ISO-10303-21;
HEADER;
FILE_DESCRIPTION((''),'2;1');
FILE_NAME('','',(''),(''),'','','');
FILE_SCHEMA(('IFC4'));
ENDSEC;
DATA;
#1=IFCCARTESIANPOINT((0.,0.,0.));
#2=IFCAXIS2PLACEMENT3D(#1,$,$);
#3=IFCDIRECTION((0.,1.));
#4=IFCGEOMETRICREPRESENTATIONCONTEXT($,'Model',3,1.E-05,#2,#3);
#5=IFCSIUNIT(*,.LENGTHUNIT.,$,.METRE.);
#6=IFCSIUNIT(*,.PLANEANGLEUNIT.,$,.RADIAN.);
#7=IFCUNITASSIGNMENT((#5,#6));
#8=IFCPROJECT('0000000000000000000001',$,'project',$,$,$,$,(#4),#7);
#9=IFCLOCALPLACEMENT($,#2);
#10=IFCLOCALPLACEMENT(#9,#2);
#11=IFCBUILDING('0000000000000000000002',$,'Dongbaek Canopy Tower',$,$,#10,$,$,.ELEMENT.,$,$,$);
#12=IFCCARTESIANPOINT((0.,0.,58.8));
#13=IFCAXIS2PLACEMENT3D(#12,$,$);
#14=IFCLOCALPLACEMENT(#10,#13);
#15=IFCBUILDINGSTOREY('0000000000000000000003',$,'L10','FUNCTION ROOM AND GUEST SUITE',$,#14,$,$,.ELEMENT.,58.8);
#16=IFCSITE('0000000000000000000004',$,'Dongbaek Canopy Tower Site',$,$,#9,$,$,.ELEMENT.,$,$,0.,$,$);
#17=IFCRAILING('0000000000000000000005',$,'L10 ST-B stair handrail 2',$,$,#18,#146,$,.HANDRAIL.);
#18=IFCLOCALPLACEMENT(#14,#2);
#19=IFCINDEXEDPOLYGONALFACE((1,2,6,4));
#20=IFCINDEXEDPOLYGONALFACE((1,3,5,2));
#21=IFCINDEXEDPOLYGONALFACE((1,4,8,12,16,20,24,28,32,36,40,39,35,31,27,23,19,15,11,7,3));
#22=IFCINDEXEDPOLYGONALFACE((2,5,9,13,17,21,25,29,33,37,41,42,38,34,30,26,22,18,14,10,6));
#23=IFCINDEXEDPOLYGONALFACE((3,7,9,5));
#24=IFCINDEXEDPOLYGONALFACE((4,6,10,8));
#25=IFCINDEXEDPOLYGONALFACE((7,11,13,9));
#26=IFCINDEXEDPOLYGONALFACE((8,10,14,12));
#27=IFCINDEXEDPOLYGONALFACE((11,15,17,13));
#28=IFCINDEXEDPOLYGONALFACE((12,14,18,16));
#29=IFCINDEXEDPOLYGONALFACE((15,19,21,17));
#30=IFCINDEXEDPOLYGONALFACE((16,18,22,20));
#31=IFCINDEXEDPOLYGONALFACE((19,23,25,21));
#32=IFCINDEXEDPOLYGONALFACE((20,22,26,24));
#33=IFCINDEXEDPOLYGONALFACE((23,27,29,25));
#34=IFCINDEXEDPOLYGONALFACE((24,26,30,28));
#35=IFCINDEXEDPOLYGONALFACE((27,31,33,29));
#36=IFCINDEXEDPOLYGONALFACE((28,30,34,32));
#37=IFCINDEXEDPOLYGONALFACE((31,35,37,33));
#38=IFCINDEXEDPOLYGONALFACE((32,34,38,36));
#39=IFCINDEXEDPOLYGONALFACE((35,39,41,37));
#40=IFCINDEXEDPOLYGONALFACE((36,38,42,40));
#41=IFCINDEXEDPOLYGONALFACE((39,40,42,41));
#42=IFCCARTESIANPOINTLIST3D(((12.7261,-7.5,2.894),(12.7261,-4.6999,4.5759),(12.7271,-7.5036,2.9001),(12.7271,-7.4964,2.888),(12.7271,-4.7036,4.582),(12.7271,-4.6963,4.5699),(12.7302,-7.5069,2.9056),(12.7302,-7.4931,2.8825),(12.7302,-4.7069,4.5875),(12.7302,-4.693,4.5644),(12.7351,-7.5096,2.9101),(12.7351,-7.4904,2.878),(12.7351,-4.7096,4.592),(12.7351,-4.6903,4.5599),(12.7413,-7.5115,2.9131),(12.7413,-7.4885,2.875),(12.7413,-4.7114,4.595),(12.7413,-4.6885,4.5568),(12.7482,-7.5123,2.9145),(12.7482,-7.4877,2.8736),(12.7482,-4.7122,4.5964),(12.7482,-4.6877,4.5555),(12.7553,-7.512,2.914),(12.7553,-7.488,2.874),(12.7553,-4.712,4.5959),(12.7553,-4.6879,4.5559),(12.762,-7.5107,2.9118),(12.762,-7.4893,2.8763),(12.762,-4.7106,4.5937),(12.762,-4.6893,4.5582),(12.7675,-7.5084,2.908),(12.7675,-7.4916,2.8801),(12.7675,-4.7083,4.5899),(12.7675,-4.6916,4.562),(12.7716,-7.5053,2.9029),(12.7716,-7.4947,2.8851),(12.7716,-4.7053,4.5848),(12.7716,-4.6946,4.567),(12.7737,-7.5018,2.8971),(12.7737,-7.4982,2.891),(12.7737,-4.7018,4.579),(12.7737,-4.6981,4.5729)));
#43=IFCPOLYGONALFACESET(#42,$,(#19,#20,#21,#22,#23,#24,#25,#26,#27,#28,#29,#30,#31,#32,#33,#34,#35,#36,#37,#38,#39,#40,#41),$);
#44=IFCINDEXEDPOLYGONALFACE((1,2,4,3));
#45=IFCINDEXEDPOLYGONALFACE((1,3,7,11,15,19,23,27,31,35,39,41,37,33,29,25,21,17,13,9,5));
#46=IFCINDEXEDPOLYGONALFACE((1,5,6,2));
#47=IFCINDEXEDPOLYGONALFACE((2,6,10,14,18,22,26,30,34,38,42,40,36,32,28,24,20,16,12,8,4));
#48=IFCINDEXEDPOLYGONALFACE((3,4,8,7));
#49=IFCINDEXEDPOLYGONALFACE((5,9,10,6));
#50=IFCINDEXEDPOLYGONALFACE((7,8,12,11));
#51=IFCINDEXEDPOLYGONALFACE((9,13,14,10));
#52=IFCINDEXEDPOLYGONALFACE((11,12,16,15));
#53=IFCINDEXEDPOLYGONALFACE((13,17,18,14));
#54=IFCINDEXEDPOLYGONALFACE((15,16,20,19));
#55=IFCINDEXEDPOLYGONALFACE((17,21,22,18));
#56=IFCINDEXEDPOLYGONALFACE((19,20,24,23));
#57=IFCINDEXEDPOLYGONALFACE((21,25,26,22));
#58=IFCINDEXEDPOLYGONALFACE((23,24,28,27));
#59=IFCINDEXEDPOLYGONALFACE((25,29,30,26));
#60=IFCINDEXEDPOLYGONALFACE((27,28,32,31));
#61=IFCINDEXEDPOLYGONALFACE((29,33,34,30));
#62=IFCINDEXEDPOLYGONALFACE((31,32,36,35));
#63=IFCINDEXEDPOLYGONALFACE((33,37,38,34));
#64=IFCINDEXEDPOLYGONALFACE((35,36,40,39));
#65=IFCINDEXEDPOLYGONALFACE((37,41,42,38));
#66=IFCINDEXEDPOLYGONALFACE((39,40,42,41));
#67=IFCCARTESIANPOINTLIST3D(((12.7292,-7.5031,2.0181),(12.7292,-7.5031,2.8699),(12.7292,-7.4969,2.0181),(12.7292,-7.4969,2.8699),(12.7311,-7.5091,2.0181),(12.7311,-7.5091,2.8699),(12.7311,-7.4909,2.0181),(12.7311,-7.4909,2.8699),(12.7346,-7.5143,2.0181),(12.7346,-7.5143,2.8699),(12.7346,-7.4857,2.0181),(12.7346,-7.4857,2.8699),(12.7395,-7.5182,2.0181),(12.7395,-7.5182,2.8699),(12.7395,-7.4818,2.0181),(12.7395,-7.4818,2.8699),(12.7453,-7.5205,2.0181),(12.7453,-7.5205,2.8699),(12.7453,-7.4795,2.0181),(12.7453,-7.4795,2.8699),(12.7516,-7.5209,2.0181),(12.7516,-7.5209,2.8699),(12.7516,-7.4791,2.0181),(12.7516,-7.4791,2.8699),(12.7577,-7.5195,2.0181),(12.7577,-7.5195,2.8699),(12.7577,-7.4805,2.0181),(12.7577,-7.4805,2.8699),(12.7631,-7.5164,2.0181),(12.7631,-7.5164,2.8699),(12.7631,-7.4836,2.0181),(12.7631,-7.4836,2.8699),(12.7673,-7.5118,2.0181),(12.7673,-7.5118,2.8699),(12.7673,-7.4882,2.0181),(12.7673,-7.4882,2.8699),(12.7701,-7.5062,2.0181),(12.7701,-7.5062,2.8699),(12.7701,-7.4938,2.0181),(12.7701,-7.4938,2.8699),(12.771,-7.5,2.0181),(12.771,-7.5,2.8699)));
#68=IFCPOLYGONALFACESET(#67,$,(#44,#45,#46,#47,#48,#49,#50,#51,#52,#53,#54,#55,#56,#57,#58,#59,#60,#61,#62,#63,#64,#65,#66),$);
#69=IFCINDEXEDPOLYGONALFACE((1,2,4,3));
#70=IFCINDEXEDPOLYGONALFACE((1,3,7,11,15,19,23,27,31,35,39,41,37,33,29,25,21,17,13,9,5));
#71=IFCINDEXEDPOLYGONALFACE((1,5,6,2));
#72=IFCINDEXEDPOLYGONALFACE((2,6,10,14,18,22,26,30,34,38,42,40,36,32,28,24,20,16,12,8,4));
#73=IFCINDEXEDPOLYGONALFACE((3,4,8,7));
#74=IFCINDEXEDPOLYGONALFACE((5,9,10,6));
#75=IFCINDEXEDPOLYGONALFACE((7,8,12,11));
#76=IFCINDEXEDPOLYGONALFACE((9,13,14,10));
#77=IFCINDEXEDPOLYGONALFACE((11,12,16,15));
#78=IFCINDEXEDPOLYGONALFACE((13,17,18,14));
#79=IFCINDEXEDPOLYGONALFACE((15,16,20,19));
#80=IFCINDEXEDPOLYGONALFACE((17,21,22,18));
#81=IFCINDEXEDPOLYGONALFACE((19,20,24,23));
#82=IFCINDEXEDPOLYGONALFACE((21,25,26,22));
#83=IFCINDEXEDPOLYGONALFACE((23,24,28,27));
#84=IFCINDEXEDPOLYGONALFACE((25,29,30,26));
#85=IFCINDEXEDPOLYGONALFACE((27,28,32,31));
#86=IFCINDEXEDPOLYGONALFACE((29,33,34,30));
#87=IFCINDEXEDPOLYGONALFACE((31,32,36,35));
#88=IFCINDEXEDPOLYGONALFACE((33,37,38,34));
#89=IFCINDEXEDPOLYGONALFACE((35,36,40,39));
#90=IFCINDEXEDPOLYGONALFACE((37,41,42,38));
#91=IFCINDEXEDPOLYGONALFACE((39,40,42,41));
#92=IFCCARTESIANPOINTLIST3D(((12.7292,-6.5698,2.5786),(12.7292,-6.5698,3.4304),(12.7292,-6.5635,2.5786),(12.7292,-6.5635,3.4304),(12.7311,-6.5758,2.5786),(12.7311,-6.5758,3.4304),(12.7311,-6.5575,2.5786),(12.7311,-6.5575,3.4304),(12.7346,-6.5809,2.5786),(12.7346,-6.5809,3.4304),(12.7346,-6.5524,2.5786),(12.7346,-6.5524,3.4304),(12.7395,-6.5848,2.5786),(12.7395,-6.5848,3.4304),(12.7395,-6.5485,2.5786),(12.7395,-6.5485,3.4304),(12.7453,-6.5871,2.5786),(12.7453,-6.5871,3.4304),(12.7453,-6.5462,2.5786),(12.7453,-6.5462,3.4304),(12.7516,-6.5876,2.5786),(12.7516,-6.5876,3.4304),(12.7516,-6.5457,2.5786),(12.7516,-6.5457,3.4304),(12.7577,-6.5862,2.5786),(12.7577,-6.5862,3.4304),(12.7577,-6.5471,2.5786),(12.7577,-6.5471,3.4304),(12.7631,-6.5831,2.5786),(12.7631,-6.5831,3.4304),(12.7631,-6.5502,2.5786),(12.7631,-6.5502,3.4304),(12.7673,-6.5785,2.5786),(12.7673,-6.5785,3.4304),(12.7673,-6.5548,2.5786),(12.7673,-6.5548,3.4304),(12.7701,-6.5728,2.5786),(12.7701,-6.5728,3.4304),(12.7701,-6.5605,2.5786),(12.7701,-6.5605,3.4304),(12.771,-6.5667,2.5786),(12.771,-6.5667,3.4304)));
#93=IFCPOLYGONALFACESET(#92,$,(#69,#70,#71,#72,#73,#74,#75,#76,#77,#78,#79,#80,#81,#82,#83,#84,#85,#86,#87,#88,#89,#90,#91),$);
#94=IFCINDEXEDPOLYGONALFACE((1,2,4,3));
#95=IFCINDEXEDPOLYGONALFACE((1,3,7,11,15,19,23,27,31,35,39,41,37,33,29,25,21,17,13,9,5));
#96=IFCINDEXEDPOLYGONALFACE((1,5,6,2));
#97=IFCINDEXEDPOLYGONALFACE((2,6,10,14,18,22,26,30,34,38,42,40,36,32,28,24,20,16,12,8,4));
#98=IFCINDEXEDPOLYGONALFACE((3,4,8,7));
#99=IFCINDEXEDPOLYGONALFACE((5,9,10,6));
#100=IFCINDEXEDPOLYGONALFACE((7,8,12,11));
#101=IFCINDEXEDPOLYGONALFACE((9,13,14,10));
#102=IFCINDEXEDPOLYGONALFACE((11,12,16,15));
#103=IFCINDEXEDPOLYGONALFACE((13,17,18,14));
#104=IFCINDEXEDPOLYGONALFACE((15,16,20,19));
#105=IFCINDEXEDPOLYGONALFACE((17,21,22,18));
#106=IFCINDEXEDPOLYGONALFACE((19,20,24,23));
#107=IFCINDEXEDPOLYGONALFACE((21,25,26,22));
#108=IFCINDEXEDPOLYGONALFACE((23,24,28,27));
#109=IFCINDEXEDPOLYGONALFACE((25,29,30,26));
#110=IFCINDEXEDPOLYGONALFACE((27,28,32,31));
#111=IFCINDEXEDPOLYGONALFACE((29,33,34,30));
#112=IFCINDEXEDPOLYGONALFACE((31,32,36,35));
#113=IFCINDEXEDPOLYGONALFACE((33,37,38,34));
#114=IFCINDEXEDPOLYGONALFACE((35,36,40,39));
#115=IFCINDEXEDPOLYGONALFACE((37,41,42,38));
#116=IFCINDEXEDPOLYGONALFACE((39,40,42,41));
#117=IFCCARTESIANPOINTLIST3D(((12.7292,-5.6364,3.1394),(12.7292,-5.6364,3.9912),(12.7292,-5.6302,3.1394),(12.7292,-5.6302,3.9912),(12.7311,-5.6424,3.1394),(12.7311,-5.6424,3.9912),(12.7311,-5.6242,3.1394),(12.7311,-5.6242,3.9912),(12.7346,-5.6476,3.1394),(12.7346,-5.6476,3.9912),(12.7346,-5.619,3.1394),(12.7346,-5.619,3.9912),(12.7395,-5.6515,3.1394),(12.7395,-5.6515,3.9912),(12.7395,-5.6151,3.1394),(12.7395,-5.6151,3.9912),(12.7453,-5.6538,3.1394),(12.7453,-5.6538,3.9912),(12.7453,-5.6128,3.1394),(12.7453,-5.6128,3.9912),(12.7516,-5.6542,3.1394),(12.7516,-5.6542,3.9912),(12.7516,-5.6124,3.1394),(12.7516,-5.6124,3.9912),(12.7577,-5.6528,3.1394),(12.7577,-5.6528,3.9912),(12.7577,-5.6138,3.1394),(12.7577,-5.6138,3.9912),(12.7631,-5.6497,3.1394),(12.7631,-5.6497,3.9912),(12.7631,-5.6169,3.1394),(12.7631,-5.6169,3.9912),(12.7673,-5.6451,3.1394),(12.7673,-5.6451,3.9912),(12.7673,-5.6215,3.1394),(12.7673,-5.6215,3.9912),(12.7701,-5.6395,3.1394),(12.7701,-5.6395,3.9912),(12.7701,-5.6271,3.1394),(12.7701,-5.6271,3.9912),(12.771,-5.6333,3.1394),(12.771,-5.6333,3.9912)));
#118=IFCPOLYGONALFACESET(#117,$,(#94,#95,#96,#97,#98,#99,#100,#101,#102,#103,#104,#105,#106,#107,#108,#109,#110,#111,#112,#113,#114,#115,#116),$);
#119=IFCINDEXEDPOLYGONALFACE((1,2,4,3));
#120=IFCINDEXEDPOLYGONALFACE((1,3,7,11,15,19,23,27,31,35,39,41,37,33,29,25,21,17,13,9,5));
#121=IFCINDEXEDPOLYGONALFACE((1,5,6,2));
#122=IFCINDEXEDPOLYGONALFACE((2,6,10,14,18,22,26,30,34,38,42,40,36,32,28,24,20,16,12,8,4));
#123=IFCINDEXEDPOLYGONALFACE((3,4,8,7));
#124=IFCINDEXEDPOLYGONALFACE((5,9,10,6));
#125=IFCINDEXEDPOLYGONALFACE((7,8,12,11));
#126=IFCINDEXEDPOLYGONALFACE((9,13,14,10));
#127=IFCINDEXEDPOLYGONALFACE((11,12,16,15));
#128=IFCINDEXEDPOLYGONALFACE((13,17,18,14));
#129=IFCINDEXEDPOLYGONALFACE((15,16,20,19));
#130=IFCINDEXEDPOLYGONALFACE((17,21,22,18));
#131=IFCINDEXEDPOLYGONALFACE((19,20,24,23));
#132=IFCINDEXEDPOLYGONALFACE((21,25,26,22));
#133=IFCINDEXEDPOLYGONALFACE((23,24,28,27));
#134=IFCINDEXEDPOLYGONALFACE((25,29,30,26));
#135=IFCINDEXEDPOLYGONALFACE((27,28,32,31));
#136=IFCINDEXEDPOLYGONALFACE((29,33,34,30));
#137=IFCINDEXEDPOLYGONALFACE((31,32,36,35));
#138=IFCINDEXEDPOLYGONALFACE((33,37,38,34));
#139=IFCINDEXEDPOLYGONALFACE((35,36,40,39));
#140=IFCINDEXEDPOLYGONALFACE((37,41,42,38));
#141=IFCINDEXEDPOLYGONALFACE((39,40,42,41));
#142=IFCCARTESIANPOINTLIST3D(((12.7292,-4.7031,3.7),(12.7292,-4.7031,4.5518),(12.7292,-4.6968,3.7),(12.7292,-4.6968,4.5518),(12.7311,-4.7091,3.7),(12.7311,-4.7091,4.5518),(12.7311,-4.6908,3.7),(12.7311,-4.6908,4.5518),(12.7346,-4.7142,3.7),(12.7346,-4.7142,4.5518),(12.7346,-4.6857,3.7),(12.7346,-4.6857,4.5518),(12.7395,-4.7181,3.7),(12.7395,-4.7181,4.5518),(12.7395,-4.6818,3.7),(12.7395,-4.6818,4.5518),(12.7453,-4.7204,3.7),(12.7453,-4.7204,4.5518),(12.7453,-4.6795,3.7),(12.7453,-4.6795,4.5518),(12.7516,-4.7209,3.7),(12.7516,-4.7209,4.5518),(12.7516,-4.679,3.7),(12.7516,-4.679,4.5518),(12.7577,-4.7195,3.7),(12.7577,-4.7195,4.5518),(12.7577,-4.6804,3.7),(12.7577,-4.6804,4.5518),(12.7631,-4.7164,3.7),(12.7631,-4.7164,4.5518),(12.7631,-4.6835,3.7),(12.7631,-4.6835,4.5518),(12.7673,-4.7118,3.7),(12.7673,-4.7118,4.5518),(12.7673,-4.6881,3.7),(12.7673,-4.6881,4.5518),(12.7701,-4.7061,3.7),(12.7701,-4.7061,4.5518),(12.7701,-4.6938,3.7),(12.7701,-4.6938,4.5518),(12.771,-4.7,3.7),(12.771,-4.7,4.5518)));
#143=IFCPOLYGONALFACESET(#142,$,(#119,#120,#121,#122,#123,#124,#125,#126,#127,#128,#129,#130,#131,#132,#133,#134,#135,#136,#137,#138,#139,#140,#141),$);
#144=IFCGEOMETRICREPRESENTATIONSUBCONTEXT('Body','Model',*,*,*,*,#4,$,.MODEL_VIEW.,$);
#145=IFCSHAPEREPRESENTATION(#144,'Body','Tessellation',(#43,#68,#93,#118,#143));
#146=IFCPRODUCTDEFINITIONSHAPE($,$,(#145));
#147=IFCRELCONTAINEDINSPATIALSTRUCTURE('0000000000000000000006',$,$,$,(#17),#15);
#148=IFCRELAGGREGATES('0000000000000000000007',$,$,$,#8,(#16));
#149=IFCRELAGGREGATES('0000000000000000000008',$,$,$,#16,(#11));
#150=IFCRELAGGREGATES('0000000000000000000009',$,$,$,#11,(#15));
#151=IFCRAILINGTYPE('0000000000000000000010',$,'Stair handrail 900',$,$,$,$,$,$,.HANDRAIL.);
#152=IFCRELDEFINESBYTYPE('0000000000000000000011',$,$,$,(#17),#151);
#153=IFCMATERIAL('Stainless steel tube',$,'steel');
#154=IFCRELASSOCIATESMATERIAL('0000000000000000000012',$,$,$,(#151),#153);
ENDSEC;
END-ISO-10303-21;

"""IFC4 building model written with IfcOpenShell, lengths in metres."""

from ifc_helpers import new_model, si_unit, direction, frame, origin, origin_2d, place, context, subcontext, project, spatial, circle, extrude, material, type_object, element, save


model = new_model("IFC4")

# Units and contexts
model_context = context("Model", 3, precision=1e-05, world=origin(), true_north=direction((0.0, 1.0)))
body_context = subcontext(model_context, "Body", "Model", "MODEL_VIEW")
ifc_project = project(units=[si_unit("LENGTHUNIT", "METRE"), si_unit("PLANEANGLEUNIT", "RADIAN")], contexts=[model_context])

# Site, building, storey
site_placement = place(None, origin())
site = spatial("IfcSite", under=ifc_project, at=site_placement, Name="Dongbaek Canopy Tower Site", CompositionType="ELEMENT", RefElevation=0.0)
building_placement = place(site_placement, origin())
building = spatial("IfcBuilding", under=site, at=building_placement, Name="Dongbaek Canopy Tower", CompositionType="ELEMENT")
storey_placement = place(building_placement, frame((0.0, 0.0, 58.8)))
storey = spatial("IfcBuildingStorey", under=building, at=storey_placement, Name="L10", Description="FUNCTION ROOM AND GUEST SUITE", CompositionType="ELEMENT", Elevation=58.8)

# Railing
ifc_material_1 = material(Name="Stainless steel tube", Category="steel")
railing_type_1 = type_object("IfcRailingType", Name="Stair handrail 900", PredefinedType="HANDRAIL", material=ifc_material_1)
railing_1_placement = place(storey_placement, frame((12.75, -7.5, 2.0181)))
element("IfcRailing", 1, at=railing_1_placement, inside=storey, type_object=railing_type_1, Name="L10 ST-B stair handrail 2", PredefinedType="HANDRAIL", context=body_context, shape_type="SweptSolid", body=[
    extrude(circle(Radius=0.0239, at=origin_2d()), frame((0.0, 0.0, 0.876), z_axis=(0.0, 0.857242, 0.514913), x_axis=(-1.0, 0.0, 0.0)), (0.0, 0.0, 1.0), 3.2664),
    extrude(circle(Radius=0.021, at=origin_2d()), origin(), (0.0, 0.0, 1.0), 0.8518),
    extrude(circle(Radius=0.021, at=origin_2d()), frame((0.0, 0.9333, 0.5605)), (0.0, 0.0, 1.0), 0.8518),
    extrude(circle(Radius=0.021, at=origin_2d()), frame((0.0, 1.8667, 1.1213)), (0.0, 0.0, 1.0), 0.8518),
    extrude(circle(Radius=0.021, at=origin_2d()), frame((0.0, 2.8, 1.6819)), (0.0, 0.0, 1.0), 0.8518),
])

save(model, "model.ifc")
